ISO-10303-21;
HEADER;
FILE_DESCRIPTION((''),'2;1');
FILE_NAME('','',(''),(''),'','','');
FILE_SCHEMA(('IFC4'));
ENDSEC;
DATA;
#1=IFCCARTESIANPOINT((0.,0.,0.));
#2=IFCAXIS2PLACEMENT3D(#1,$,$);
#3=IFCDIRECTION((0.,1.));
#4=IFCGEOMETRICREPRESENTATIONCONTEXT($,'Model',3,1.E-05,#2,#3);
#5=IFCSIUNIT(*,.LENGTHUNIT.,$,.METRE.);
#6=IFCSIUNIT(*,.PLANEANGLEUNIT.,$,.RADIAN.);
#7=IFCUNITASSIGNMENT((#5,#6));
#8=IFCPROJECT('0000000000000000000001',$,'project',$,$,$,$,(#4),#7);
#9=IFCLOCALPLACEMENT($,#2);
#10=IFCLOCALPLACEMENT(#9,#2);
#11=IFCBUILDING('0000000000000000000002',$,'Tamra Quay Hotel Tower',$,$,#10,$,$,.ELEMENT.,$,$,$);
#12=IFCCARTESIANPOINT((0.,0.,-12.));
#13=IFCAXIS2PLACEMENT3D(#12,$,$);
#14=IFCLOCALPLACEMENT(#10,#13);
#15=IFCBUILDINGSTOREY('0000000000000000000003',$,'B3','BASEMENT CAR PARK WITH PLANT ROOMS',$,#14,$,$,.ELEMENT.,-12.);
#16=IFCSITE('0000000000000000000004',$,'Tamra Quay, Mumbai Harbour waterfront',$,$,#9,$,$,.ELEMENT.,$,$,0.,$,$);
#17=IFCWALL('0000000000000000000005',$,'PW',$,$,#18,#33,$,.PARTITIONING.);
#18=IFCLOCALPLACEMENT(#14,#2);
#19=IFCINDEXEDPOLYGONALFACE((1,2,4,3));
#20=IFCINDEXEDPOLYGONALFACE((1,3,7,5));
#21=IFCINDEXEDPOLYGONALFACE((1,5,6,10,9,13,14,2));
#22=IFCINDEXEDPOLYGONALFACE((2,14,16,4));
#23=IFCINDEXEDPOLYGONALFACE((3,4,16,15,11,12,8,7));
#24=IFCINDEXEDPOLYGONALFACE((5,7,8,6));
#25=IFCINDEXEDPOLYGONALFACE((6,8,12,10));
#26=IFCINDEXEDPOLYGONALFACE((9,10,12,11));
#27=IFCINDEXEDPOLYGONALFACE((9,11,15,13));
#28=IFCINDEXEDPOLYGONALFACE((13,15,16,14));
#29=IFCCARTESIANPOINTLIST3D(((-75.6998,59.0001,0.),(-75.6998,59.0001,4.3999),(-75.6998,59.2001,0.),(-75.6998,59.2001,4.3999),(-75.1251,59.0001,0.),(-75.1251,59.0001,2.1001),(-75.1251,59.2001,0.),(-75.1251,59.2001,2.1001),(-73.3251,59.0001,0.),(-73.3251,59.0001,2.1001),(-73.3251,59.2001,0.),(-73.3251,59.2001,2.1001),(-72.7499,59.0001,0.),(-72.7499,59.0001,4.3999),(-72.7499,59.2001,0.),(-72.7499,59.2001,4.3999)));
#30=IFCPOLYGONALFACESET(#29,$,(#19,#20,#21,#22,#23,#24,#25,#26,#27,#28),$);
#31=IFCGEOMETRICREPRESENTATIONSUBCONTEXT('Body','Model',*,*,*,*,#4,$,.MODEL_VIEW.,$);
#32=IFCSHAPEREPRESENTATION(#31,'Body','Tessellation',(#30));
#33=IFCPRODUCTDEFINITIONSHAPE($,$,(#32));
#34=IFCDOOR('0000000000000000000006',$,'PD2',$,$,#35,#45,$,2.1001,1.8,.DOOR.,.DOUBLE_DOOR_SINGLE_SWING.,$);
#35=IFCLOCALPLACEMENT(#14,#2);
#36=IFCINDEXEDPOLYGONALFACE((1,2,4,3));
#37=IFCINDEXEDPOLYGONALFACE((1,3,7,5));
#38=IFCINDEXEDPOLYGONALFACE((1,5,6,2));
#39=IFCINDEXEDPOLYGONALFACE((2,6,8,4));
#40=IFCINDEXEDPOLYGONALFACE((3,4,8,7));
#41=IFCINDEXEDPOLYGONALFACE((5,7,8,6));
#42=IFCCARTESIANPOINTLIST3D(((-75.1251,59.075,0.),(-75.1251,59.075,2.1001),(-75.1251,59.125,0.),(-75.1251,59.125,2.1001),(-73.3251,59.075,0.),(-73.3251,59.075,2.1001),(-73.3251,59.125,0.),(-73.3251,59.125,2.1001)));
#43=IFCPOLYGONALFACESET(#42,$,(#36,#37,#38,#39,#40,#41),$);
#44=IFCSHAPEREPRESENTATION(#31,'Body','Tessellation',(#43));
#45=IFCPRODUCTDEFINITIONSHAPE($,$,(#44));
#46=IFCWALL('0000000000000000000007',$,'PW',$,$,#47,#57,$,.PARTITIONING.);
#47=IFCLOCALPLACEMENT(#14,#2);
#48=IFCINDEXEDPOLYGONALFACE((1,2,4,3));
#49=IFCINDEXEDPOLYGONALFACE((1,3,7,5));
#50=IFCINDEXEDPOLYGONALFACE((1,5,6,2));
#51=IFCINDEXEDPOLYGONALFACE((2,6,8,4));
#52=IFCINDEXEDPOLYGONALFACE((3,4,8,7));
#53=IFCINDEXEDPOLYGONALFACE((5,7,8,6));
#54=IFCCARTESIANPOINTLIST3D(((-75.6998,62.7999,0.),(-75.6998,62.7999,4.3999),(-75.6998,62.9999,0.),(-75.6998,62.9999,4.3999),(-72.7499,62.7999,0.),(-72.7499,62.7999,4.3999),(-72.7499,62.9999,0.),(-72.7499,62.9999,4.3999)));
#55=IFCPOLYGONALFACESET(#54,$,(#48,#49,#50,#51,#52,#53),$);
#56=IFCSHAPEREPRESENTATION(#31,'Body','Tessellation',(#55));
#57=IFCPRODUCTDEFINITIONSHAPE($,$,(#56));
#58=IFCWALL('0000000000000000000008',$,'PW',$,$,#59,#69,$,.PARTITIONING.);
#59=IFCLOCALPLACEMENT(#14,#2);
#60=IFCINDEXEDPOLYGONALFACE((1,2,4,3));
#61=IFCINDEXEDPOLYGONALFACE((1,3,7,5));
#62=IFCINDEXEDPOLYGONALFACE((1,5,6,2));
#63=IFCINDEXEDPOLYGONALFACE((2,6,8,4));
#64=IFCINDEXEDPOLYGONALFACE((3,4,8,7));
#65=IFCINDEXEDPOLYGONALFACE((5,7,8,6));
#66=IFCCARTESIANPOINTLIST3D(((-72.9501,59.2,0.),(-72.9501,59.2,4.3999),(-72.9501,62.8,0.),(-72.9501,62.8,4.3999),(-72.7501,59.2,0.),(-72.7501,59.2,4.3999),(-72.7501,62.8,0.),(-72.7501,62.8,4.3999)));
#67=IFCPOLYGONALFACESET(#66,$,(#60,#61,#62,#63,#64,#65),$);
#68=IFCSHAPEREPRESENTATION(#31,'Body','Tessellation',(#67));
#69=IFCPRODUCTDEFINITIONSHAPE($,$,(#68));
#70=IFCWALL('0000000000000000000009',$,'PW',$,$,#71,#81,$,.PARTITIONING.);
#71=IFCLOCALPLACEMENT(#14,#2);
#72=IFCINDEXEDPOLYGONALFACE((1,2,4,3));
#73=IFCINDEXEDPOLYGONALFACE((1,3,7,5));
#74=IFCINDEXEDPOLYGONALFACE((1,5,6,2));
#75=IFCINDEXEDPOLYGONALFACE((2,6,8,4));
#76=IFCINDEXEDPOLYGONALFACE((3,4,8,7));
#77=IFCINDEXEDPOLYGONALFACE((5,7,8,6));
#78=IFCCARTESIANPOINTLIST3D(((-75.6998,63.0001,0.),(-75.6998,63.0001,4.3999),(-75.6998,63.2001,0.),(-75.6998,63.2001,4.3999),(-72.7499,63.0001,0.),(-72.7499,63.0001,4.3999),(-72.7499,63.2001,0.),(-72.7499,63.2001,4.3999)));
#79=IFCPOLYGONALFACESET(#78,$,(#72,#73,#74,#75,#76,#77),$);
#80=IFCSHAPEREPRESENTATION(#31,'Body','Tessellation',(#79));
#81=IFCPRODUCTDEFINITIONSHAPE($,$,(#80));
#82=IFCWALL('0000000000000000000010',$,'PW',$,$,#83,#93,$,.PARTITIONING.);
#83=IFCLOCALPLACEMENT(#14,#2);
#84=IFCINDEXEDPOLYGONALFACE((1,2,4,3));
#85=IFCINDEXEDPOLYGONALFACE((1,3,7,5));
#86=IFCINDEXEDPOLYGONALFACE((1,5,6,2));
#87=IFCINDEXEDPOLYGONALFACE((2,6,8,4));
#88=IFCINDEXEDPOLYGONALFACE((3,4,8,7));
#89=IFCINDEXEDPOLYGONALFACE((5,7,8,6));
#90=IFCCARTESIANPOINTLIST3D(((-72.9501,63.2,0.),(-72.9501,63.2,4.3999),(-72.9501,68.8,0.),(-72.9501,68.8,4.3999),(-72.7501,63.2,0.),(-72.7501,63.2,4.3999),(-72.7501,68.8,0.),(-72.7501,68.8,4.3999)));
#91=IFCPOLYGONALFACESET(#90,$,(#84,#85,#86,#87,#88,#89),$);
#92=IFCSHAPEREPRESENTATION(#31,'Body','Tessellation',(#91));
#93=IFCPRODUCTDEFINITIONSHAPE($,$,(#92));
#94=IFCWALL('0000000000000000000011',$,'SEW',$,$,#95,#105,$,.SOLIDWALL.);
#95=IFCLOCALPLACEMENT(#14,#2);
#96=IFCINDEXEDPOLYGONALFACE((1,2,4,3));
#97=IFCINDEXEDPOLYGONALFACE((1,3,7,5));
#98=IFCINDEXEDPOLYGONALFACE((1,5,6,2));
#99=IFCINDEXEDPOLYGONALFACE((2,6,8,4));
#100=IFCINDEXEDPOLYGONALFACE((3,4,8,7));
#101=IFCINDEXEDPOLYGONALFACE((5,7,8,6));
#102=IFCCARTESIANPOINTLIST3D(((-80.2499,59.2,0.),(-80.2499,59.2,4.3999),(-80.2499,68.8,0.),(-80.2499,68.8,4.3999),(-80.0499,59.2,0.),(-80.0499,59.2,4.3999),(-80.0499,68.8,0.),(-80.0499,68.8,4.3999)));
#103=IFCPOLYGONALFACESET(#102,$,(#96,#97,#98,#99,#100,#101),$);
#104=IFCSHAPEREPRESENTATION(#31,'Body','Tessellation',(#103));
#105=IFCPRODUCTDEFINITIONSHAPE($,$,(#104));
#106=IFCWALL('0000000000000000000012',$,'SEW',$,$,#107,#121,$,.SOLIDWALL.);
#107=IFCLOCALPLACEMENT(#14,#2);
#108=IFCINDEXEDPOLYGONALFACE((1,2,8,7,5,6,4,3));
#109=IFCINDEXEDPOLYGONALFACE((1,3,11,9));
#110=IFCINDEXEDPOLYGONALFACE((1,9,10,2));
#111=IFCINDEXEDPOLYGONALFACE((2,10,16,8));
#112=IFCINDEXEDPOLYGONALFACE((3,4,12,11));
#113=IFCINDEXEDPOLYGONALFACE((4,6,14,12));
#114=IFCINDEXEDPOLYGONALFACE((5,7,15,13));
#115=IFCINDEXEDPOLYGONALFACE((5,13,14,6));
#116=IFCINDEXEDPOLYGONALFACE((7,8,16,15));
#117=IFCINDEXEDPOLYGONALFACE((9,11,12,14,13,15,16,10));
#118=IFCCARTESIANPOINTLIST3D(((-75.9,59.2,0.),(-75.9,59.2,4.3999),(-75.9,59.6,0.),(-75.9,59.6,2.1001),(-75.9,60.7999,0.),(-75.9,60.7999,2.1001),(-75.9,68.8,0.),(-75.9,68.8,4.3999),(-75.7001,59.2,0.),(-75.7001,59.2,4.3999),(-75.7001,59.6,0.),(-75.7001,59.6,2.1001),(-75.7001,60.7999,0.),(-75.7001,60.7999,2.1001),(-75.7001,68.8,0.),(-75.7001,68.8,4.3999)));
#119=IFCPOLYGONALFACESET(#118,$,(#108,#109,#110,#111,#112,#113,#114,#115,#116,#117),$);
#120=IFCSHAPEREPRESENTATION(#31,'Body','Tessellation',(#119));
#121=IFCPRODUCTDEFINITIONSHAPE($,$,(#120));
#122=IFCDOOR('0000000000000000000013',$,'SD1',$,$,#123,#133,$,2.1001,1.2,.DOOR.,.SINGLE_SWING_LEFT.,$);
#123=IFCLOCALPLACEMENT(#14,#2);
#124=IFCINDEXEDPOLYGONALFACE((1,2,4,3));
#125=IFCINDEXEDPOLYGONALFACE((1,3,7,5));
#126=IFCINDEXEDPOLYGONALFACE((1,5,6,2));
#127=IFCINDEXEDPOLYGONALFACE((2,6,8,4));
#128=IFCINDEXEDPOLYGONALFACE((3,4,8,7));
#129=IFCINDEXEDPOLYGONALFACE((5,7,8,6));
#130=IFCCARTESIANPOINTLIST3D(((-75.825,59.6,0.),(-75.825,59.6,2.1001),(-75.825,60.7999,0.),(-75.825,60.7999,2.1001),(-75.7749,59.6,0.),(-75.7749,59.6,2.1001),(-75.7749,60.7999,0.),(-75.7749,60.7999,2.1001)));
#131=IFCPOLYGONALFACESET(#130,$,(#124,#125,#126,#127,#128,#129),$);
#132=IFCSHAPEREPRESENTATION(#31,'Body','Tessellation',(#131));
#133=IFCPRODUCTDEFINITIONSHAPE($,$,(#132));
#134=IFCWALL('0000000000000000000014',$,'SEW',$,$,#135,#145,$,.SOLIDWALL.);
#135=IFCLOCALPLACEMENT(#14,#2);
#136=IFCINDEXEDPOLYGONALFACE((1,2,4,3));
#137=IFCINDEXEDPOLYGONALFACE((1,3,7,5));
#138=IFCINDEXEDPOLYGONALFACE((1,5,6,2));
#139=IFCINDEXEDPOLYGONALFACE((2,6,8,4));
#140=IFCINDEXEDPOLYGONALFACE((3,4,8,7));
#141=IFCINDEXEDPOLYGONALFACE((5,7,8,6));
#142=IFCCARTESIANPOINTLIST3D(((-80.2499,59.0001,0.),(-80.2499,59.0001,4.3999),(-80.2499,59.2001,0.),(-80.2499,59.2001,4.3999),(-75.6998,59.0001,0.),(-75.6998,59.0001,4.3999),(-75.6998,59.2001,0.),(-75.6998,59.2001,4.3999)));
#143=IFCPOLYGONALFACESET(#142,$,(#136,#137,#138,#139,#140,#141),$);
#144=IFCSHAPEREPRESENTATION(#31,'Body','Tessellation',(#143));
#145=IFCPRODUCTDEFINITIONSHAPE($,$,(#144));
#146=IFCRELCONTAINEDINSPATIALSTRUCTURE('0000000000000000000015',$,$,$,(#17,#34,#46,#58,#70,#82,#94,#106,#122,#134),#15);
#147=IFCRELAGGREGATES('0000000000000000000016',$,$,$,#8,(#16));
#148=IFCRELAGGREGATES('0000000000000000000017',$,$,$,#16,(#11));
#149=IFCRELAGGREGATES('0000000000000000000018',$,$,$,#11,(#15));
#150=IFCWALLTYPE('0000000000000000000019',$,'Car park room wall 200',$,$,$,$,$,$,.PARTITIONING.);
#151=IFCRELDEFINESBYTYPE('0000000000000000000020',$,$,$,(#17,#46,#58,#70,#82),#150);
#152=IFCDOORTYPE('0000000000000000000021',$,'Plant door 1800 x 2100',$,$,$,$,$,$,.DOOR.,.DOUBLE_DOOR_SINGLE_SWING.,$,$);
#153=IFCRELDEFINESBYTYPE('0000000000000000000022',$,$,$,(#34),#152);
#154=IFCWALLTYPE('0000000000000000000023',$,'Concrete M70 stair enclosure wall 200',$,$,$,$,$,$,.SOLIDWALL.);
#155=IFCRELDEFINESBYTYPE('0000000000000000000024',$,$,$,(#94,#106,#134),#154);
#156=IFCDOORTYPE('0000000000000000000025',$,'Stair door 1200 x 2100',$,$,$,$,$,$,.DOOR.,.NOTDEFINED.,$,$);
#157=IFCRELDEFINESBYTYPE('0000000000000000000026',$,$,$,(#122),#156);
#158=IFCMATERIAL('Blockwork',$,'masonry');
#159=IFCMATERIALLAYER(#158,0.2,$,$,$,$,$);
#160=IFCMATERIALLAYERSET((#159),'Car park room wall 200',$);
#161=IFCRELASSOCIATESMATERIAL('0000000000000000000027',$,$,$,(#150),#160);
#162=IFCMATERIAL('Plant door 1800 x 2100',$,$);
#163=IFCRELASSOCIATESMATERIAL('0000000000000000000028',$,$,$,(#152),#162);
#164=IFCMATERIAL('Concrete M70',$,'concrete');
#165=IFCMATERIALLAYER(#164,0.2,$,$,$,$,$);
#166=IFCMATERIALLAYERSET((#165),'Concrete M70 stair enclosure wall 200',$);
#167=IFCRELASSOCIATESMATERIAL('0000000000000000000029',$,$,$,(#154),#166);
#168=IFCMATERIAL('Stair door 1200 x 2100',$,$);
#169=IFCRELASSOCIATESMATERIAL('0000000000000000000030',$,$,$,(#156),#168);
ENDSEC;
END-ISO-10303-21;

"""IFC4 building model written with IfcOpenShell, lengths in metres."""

from ifc_helpers import new_model, si_unit, direction, frame, frame_2d, origin, place, context, subcontext, project, spatial, rectangle, extrude, material, layer, layer_set, type_object, element, fill, save


model = new_model("IFC4")

# Units and contexts
model_context = context("Model", 3, precision=1e-05, world=origin(), true_north=direction((0.0, 1.0)))
body_context = subcontext(model_context, "Body", "Model", "MODEL_VIEW")
ifc_project = project(units=[si_unit("LENGTHUNIT", "METRE"), si_unit("PLANEANGLEUNIT", "RADIAN")], contexts=[model_context])

# Site, building, storey
site_placement = place(None, origin())
site = spatial("IfcSite", under=ifc_project, at=site_placement, Name="Tamra Quay, Mumbai Harbour waterfront", CompositionType="ELEMENT", RefElevation=0.0)
building_placement = place(site_placement, origin())
building = spatial("IfcBuilding", under=site, at=building_placement, Name="Tamra Quay Hotel Tower", CompositionType="ELEMENT")
storey_placement = place(building_placement, frame((0.0, 0.0, -12.0)))
storey = spatial("IfcBuildingStorey", under=building, at=storey_placement, Name="B3", Description="BASEMENT CAR PARK WITH PLANT ROOMS", CompositionType="ELEMENT", Elevation=-12.0)

# Shared definitions
ifc_material_1 = material(Name="Concrete M70", Category="concrete")

# Shared definitions
ifc_material_2 = material(Name="Blockwork", Category="masonry")
ifc_layer_1 = layer(ifc_material_2, 0.2)
ifc_layer_set_1 = layer_set([ifc_layer_1], Name="Car park room wall 200")
wall_type_1 = type_object("IfcWallType", Name="Car park room wall 200", PredefinedType="PARTITIONING", material=ifc_layer_set_1)

# Wall, opening, door
wall_1_placement = place(storey_placement, frame((-75.7, 59.1001, 0.0), z_axis=(0.0, 0.0, 1.0), x_axis=(1.0, 0.0, 0.0)))
wall_1 = element("IfcWall", 1, at=wall_1_placement, inside=storey, type_object=wall_type_1, Name="PW", PredefinedType="PARTITIONING", context=body_context, shape_type="SweptSolid", body=[
    extrude(rectangle(XDim=2.95, YDim=0.2, at=frame_2d((1.4751, 0.0))), origin(), (0.0, 0.0, 1.0), 4.3999),
])
opening_1_placement = place(wall_1_placement, frame((0.575, 0.0, 0.0)))
opening_1 = element("IfcOpeningElement", 2, at=opening_1_placement, cuts=wall_1, PredefinedType="OPENING", context=body_context, shape_type="SweptSolid", body=[
    extrude(rectangle(XDim=1.8, YDim=2.1001, at=frame_2d((0.8999, 1.05))), frame((0.0, 0.1099, 0.0), z_axis=(0.0, -1.0, 0.0), x_axis=(1.0, 0.0, 0.0)), (0.0, 0.0, 1.0), 0.22),
])
ifc_material_3 = material(Name="Plant door 1800 x 2100")
door_type_1 = type_object("IfcDoorType", Name="Plant door 1800 x 2100", OperationType="DOUBLE_DOOR_SINGLE_SWING", PredefinedType="DOOR", material=ifc_material_3)
door_1_placement = place(opening_1_placement, origin())
door_1 = element("IfcDoor", 3, at=door_1_placement, inside=storey, type_object=door_type_1, Name="PD2", OperationType="DOUBLE_DOOR_SINGLE_SWING", OverallHeight=2.1001, OverallWidth=1.8, PredefinedType="DOOR", context=body_context, shape_type="SweptSolid", body=[
    extrude(rectangle(XDim=1.8, YDim=2.1001, at=frame_2d((0.8999, 1.05))), frame((0.0, 0.0249, 0.0), z_axis=(0.0, -1.0, 0.0), x_axis=(1.0, 0.0, 0.0)), (0.0, 0.0, 1.0), 0.05),
])
fill(opening_1, door_1)

# Walls
wall_2_placement = place(storey_placement, frame((-75.7, 62.8999, 0.0), z_axis=(0.0, 0.0, 1.0), x_axis=(1.0, 0.0, 0.0)))
element("IfcWall", 4, at=wall_2_placement, inside=storey, type_object=wall_type_1, Name="PW", PredefinedType="PARTITIONING", context=body_context, shape_type="SweptSolid", body=[
    extrude(rectangle(XDim=2.95, YDim=0.2, at=frame_2d((1.4751, 0.0))), origin(), (0.0, 0.0, 1.0), 4.3999),
])
wall_3_placement = place(storey_placement, frame((-72.8501, 59.2, 0.0), z_axis=(0.0, 0.0, 1.0), x_axis=(0.0, 1.0, 0.0)))
element("IfcWall", 5, at=wall_3_placement, inside=storey, type_object=wall_type_1, Name="PW", PredefinedType="PARTITIONING", context=body_context, shape_type="SweptSolid", body=[
    extrude(rectangle(XDim=3.6001, YDim=0.2, at=frame_2d((1.8, 0.0))), origin(), (0.0, 0.0, 1.0), 4.3999),
])
wall_4_placement = place(storey_placement, frame((-75.7, 63.1001, 0.0), z_axis=(0.0, 0.0, 1.0), x_axis=(1.0, 0.0, 0.0)))
element("IfcWall", 6, at=wall_4_placement, inside=storey, type_object=wall_type_1, Name="PW", PredefinedType="PARTITIONING", context=body_context, shape_type="SweptSolid", body=[
    extrude(rectangle(XDim=2.95, YDim=0.2, at=frame_2d((1.4751, 0.0))), origin(), (0.0, 0.0, 1.0), 4.3999),
])
wall_5_placement = place(storey_placement, frame((-72.8501, 63.2, 0.0), z_axis=(0.0, 0.0, 1.0), x_axis=(0.0, 1.0, 0.0)))
element("IfcWall", 7, at=wall_5_placement, inside=storey, type_object=wall_type_1, Name="PW", PredefinedType="PARTITIONING", context=body_context, shape_type="SweptSolid", body=[
    extrude(rectangle(XDim=5.6001, YDim=0.2, at=frame_2d((2.8, 0.0))), origin(), (0.0, 0.0, 1.0), 4.3999),
])
ifc_layer_2 = layer(ifc_material_1, 0.2)
ifc_layer_set_2 = layer_set([ifc_layer_2], Name="Concrete M70 stair enclosure wall 200")
wall_type_2 = type_object("IfcWallType", Name="Concrete M70 stair enclosure wall 200", PredefinedType="SOLIDWALL", material=ifc_layer_set_2)
wall_6_placement = place(storey_placement, frame((-80.1499, 59.2, 0.0), z_axis=(0.0, 0.0, 1.0), x_axis=(0.0, 1.0, 0.0)))
element("IfcWall", 8, at=wall_6_placement, inside=storey, type_object=wall_type_2, Name="SEW", PredefinedType="SOLIDWALL", context=body_context, shape_type="SweptSolid", body=[
    extrude(rectangle(XDim=9.6001, YDim=0.2, at=frame_2d((4.8, 0.0))), origin(), (0.0, 0.0, 1.0), 4.3999),
])

# Wall, opening, door
wall_7_placement = place(storey_placement, frame((-75.8, 59.2, 0.0), z_axis=(0.0, 0.0, 1.0), x_axis=(0.0, 1.0, 0.0)))
wall_7 = element("IfcWall", 9, at=wall_7_placement, inside=storey, type_object=wall_type_2, Name="SEW", PredefinedType="SOLIDWALL", context=body_context, shape_type="SweptSolid", body=[
    extrude(rectangle(XDim=9.6001, YDim=0.2, at=frame_2d((4.8, 0.0))), origin(), (0.0, 0.0, 1.0), 4.3999),
])
opening_2_placement = place(wall_7_placement, frame((0.3999, 0.0, 0.0)))
opening_2 = element("IfcOpeningElement", 10, at=opening_2_placement, cuts=wall_7, PredefinedType="OPENING", context=body_context, shape_type="SweptSolid", body=[
    extrude(rectangle(XDim=1.2, YDim=2.1001, at=frame_2d((0.6001, 1.05))), frame((0.0, 0.1099, 0.0), z_axis=(0.0, -1.0, 0.0), x_axis=(1.0, 0.0, 0.0)), (0.0, 0.0, 1.0), 0.22),
])
ifc_material_4 = material(Name="Stair door 1200 x 2100")
door_type_2 = type_object("IfcDoorType", Name="Stair door 1200 x 2100", OperationType="NOTDEFINED", PredefinedType="DOOR", material=ifc_material_4)
door_2_placement = place(opening_2_placement, origin())
door_2 = element("IfcDoor", 11, at=door_2_placement, inside=storey, type_object=door_type_2, Name="SD1", OperationType="SINGLE_SWING_LEFT", OverallHeight=2.1001, OverallWidth=1.2, PredefinedType="DOOR", context=body_context, shape_type="SweptSolid", body=[
    extrude(rectangle(XDim=1.2, YDim=2.1001, at=frame_2d((0.6001, 1.05))), frame((0.0, 0.0249, 0.0), z_axis=(0.0, -1.0, 0.0), x_axis=(1.0, 0.0, 0.0)), (0.0, 0.0, 1.0), 0.05),
])
fill(opening_2, door_2)

# Wall
wall_8_placement = place(storey_placement, frame((-75.7, 59.1001, 0.0), z_axis=(0.0, 0.0, 1.0), x_axis=(-1.0, 0.0, 0.0)))
element("IfcWall", 12, at=wall_8_placement, inside=storey, type_object=wall_type_2, Name="SEW", PredefinedType="SOLIDWALL", context=body_context, shape_type="SweptSolid", body=[
    extrude(rectangle(XDim=4.55, YDim=0.2, at=frame_2d((2.2749, 0.0))), origin(), (0.0, 0.0, 1.0), 4.3999),
])

save(model, "model.ifc")
